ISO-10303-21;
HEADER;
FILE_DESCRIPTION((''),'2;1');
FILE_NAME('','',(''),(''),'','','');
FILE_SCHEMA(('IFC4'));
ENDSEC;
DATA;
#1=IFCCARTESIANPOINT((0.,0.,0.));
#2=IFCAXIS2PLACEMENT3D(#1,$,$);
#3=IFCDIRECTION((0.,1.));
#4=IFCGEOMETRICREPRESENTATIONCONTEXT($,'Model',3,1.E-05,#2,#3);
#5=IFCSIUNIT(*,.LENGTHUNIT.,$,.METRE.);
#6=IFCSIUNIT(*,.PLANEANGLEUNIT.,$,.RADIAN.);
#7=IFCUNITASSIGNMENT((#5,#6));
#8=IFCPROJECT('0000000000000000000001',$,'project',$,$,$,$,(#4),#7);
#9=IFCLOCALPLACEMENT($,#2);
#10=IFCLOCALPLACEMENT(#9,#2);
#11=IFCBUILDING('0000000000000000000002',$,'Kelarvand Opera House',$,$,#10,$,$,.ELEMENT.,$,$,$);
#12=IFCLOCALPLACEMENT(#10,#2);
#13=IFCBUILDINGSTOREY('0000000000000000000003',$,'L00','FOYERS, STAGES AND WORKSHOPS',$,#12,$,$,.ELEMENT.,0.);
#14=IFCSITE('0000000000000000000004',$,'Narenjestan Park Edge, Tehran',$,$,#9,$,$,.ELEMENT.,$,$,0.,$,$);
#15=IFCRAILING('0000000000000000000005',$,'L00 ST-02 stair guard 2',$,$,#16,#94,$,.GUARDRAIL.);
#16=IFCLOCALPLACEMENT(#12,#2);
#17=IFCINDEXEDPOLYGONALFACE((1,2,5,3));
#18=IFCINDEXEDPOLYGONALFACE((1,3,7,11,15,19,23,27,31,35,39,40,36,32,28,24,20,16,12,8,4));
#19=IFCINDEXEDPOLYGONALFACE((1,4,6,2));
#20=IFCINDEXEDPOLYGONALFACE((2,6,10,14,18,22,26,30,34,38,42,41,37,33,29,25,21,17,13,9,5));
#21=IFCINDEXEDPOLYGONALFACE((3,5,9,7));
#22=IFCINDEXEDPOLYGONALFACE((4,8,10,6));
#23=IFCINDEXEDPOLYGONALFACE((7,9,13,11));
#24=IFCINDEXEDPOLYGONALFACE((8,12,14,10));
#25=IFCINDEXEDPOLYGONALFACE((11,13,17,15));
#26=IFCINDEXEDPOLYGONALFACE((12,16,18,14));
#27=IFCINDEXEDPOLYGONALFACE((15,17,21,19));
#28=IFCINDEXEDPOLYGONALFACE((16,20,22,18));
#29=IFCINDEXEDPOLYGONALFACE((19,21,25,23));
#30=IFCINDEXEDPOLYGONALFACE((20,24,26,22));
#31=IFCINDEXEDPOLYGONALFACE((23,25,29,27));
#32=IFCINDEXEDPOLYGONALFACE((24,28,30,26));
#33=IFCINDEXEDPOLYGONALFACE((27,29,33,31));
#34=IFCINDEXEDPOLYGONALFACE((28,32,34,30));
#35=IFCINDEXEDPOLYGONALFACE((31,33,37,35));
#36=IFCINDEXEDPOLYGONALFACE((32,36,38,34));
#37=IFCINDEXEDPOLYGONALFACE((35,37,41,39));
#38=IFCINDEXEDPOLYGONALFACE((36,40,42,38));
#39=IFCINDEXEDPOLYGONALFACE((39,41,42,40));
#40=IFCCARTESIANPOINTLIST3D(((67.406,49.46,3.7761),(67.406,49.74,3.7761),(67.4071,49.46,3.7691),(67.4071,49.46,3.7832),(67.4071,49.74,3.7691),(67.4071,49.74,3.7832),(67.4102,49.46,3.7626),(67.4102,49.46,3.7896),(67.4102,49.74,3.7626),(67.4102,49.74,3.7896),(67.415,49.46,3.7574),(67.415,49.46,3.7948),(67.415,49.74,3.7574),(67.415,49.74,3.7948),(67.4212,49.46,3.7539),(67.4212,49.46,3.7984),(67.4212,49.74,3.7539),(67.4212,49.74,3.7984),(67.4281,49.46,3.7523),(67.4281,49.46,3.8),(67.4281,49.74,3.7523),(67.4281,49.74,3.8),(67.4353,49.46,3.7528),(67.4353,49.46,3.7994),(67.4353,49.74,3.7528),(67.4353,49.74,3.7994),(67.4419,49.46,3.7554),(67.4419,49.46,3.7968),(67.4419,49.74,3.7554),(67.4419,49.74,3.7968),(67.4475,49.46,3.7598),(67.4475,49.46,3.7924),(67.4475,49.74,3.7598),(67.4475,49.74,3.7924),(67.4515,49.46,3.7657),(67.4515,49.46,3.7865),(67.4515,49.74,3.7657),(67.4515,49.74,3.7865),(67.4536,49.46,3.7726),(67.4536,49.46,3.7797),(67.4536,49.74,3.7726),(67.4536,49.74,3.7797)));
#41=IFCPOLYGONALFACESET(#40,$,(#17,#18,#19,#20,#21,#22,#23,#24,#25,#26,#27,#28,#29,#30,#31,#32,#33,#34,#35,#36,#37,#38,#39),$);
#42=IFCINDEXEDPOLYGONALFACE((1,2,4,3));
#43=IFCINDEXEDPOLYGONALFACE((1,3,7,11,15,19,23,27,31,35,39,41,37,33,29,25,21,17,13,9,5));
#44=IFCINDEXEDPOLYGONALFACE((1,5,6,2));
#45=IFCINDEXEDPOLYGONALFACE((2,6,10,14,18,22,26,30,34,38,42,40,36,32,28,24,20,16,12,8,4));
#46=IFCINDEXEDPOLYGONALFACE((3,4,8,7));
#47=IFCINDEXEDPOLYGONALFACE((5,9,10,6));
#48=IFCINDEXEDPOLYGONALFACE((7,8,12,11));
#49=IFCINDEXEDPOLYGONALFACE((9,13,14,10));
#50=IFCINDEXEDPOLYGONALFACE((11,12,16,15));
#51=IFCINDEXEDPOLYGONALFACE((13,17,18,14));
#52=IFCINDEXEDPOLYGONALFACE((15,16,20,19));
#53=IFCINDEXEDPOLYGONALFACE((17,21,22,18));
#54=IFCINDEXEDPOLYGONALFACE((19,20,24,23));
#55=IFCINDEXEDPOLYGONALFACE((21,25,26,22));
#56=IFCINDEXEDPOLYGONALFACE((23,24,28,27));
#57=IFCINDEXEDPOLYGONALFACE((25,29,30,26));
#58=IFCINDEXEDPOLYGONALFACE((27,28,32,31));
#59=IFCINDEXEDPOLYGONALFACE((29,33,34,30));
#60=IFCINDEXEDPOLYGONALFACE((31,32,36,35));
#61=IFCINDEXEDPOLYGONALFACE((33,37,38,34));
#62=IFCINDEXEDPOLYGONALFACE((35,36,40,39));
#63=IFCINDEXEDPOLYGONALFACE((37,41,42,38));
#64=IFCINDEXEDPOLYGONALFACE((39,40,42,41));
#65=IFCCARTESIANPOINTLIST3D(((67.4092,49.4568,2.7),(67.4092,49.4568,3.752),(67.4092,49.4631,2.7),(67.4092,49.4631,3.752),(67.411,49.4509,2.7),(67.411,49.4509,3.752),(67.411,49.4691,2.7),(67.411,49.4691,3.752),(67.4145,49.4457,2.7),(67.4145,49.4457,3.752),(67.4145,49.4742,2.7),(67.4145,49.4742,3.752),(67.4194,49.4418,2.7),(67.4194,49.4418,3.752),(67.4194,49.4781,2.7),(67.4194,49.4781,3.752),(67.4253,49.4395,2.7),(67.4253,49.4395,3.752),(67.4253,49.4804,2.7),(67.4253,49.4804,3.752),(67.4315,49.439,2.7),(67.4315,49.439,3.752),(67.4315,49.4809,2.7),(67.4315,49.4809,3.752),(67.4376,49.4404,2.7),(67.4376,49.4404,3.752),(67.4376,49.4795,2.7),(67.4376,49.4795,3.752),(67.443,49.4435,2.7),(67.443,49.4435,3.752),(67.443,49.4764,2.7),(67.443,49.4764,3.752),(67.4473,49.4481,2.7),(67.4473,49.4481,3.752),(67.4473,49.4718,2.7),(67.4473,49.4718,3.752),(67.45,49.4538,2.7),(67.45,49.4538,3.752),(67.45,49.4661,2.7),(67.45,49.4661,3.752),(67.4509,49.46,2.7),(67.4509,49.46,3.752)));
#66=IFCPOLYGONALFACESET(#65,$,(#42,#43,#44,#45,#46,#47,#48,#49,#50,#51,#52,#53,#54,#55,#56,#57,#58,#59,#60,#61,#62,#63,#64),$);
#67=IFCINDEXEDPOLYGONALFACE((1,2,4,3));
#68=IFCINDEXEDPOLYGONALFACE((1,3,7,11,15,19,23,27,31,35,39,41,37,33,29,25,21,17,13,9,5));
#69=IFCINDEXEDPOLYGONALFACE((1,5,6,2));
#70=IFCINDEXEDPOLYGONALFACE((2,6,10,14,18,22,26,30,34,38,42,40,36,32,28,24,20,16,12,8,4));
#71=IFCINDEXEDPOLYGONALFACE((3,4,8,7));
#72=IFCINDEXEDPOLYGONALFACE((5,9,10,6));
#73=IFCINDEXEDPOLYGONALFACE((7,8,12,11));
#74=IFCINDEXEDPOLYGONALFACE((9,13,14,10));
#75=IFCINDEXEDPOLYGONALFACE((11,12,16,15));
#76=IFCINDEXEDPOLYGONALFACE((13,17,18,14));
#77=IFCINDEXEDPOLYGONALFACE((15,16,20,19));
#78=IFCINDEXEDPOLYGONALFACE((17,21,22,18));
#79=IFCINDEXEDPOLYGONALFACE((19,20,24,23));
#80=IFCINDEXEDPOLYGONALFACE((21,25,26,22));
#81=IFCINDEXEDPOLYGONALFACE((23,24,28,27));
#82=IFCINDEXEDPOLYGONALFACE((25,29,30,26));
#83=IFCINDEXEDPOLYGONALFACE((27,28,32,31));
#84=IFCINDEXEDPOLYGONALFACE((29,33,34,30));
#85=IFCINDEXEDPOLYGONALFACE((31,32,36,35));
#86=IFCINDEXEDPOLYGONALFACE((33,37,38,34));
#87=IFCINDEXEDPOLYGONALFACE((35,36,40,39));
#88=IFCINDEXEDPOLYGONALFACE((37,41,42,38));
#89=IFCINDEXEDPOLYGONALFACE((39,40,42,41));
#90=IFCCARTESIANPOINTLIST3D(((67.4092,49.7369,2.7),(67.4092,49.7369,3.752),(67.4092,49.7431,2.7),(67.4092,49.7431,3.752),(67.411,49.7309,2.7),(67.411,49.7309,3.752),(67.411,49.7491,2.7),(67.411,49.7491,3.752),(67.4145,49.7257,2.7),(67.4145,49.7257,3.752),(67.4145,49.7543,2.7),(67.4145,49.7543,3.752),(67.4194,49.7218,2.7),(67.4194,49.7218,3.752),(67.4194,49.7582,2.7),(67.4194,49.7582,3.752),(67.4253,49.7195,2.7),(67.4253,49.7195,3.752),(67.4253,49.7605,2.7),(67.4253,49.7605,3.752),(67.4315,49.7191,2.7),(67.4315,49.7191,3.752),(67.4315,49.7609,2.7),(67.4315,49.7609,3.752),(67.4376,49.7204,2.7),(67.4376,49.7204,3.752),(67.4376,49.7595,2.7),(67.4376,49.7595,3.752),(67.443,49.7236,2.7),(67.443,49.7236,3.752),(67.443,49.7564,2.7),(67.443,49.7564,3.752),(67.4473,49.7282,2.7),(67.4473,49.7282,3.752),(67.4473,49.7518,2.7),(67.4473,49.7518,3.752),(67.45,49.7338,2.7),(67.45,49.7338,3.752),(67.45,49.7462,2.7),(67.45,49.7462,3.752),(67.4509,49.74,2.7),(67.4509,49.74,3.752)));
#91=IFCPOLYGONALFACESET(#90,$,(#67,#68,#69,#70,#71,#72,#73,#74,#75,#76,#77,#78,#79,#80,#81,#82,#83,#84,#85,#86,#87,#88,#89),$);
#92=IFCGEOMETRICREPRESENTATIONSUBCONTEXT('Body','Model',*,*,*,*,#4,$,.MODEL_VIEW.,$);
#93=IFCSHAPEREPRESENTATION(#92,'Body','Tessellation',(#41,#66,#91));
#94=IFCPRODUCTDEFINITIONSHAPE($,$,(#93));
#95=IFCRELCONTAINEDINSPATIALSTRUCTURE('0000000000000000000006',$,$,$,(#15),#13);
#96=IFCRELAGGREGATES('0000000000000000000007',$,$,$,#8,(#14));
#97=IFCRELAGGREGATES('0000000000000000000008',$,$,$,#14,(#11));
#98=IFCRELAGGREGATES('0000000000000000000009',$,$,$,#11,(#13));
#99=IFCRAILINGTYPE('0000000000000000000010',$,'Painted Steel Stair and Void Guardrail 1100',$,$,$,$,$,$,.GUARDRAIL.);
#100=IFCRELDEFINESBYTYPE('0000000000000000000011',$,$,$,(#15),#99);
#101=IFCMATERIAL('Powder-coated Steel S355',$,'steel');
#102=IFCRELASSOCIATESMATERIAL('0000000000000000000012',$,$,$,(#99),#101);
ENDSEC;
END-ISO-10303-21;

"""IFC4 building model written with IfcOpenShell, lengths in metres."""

from ifc_helpers import new_model, si_unit, direction, frame, origin, origin_2d, place, context, subcontext, project, spatial, circle, extrude, material, type_object, element, save


model = new_model("IFC4")

# Units and contexts
model_context = context("Model", 3, precision=1e-05, world=origin(), true_north=direction((0.0, 1.0)))
body_context = subcontext(model_context, "Body", "Model", "MODEL_VIEW")
ifc_project = project(units=[si_unit("LENGTHUNIT", "METRE"), si_unit("PLANEANGLEUNIT", "RADIAN")], contexts=[model_context])

# Site, building, storey
site_placement = place(None, origin())
site = spatial("IfcSite", under=ifc_project, at=site_placement, Name="Narenjestan Park Edge, Tehran", CompositionType="ELEMENT", RefElevation=0.0)
building_placement = place(site_placement, origin())
building = spatial("IfcBuilding", under=site, at=building_placement, Name="Kelarvand Opera House", CompositionType="ELEMENT")
storey_placement = place(building_placement, origin())
storey = spatial("IfcBuildingStorey", under=building, at=storey_placement, Name="L00", Description="FOYERS, STAGES AND WORKSHOPS", CompositionType="ELEMENT", Elevation=0.0)

# Railing
ifc_material_1 = material(Name="Powder-coated Steel S355", Category="steel")
railing_type_1 = type_object("IfcRailingType", Name="Painted Steel Stair and Void Guardrail 1100", PredefinedType="GUARDRAIL", material=ifc_material_1)
railing_1_placement = place(storey_placement, frame((67.4299, 49.46, 2.7)))
element("IfcRailing", 1, at=railing_1_placement, inside=storey, type_object=railing_type_1, Name="L00 ST-02 stair guard 2", PredefinedType="GUARDRAIL", context=body_context, shape_type="SweptSolid", body=[
    extrude(circle(Radius=0.0239, at=origin_2d()), frame((0.0, 0.0, 1.0762), z_axis=(0.0, 1.0, 0.0), x_axis=(-1.0, 0.0, 0.0)), (0.0, 0.0, 1.0), 0.28),
    extrude(circle(Radius=0.021, at=origin_2d()), origin(), (0.0, 0.0, 1.0), 1.052),
    extrude(circle(Radius=0.021, at=origin_2d()), frame((0.0, 0.28, 0.0)), (0.0, 0.0, 1.0), 1.052),
])

save(model, "model.ifc")
